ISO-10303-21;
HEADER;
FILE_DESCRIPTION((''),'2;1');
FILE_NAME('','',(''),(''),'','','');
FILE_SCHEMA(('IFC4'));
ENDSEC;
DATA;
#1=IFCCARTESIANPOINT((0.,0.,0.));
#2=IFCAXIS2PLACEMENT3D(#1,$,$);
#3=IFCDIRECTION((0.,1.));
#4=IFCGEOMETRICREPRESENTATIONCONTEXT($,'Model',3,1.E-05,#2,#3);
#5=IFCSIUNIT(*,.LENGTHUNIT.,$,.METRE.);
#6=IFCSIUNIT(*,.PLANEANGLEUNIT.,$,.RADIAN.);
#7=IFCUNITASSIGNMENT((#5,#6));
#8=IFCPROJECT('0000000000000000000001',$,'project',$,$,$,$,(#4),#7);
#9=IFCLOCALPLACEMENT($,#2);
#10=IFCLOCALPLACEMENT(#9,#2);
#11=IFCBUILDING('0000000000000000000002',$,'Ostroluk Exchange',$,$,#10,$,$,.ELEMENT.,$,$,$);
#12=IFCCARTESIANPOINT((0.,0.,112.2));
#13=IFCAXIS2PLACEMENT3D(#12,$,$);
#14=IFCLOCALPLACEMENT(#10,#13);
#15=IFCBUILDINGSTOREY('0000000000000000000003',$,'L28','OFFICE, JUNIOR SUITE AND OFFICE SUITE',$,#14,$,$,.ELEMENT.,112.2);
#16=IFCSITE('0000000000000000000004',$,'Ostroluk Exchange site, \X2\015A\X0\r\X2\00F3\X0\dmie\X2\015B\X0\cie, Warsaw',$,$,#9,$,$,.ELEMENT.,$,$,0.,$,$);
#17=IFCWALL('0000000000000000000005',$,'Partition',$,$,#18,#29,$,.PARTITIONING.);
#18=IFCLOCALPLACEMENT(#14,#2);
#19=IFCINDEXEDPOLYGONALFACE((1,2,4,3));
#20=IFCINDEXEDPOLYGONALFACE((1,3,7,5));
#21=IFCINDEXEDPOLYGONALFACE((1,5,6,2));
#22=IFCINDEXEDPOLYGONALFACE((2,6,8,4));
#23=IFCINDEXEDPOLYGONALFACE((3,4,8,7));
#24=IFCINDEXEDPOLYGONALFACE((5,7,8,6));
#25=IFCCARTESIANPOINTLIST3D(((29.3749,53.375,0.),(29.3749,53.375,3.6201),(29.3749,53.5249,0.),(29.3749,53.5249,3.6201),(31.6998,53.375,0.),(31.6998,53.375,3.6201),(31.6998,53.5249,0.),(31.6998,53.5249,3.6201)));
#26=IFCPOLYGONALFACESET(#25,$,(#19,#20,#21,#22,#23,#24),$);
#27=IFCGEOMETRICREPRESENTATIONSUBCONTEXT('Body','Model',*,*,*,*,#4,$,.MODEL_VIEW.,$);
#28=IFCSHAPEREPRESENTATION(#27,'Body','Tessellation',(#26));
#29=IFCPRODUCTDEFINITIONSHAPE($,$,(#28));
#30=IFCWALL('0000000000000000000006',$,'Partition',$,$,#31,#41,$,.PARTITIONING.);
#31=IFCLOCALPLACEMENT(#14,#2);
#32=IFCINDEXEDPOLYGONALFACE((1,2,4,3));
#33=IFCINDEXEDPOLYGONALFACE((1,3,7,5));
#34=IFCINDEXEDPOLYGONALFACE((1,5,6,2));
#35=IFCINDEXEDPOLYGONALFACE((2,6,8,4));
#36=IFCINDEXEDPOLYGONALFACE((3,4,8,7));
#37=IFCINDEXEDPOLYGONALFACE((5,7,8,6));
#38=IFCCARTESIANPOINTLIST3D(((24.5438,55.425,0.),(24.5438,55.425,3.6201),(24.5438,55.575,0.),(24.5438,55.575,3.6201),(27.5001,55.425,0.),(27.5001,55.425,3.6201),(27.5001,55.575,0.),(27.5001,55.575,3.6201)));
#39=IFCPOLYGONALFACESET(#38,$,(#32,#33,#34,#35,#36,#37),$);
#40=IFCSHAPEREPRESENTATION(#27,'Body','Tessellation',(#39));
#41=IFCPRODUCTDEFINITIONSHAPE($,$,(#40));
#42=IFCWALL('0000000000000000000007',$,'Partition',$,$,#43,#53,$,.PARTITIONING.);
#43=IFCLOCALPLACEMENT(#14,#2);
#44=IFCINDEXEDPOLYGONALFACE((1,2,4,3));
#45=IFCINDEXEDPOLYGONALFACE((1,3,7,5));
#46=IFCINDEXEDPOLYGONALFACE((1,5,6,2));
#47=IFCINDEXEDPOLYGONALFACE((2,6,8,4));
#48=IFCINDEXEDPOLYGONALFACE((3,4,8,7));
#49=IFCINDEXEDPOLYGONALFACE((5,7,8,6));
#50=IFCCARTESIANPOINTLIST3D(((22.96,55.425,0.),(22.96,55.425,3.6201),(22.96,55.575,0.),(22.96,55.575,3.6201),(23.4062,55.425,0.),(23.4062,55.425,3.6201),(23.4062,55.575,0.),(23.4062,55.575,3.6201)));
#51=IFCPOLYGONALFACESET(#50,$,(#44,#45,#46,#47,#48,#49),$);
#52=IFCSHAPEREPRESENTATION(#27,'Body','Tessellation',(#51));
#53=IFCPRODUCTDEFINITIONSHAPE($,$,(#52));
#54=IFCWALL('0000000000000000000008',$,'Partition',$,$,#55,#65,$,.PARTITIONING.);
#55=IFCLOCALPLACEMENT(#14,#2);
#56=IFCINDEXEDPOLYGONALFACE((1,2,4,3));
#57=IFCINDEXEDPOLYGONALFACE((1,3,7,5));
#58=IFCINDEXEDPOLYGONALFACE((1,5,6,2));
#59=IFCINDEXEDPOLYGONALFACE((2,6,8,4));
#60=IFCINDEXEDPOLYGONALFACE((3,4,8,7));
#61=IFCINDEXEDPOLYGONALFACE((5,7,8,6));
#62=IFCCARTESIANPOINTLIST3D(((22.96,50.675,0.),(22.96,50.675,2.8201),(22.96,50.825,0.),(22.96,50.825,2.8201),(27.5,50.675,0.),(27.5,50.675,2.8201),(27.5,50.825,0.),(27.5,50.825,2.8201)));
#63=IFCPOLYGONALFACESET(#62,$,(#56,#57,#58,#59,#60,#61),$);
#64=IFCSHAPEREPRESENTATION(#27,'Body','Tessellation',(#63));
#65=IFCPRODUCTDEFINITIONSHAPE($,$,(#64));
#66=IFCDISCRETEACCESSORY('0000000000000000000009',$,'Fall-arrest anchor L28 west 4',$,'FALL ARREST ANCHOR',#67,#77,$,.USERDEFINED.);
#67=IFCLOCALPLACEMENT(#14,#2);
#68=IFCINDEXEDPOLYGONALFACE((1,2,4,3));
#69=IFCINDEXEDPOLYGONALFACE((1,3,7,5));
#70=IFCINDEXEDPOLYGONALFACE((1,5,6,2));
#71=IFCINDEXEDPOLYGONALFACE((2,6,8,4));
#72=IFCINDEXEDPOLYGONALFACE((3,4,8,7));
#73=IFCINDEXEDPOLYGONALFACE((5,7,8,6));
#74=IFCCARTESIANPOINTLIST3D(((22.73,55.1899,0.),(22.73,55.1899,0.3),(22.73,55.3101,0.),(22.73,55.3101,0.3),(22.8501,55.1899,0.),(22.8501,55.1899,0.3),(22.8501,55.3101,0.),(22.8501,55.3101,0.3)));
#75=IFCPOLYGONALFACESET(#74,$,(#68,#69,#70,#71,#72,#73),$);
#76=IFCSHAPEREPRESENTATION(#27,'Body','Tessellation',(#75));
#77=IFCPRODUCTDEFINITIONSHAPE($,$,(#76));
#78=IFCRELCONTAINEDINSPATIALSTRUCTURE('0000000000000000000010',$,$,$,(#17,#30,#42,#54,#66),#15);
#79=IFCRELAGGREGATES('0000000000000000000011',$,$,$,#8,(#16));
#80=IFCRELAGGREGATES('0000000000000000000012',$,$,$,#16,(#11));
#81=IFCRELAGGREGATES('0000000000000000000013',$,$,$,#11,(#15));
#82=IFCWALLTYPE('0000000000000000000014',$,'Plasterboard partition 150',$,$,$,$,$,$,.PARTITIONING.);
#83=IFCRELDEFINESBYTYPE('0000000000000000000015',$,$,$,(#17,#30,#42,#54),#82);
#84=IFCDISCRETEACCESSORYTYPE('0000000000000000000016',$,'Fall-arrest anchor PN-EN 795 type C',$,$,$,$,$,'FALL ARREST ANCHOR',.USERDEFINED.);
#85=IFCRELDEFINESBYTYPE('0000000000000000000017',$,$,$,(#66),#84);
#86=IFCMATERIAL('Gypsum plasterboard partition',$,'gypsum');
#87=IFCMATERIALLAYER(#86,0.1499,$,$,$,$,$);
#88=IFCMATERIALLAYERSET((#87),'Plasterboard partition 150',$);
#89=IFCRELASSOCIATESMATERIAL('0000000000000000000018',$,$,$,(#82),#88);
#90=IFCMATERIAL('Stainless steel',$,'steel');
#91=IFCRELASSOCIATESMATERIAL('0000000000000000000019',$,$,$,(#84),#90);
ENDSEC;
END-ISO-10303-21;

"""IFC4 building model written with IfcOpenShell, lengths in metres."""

from ifc_helpers import new_model, si_unit, direction, frame, frame_2d, origin, origin_2d, place, context, subcontext, project, spatial, rectangle, extrude, material, layer, layer_set, type_object, element, save


model = new_model("IFC4")

# Units and contexts
model_context = context("Model", 3, precision=1e-05, world=origin(), true_north=direction((0.0, 1.0)))
body_context = subcontext(model_context, "Body", "Model", "MODEL_VIEW")
ifc_project = project(units=[si_unit("LENGTHUNIT", "METRE"), si_unit("PLANEANGLEUNIT", "RADIAN")], contexts=[model_context])

# Site, building, storey
site_placement = place(None, origin())
site = spatial("IfcSite", under=ifc_project, at=site_placement, Name="Ostroluk Exchange site, Śródmieście, Warsaw", CompositionType="ELEMENT", RefElevation=0.0)
building_placement = place(site_placement, origin())
building = spatial("IfcBuilding", under=site, at=building_placement, Name="Ostroluk Exchange", CompositionType="ELEMENT")
storey_placement = place(building_placement, frame((0.0, 0.0, 112.2)))
storey = spatial("IfcBuildingStorey", under=building, at=storey_placement, Name="L28", Description="OFFICE, JUNIOR SUITE AND OFFICE SUITE", CompositionType="ELEMENT", Elevation=112.2)

# Walls
ifc_material_1 = material(Name="Gypsum plasterboard partition", Category="gypsum")
ifc_layer_1 = layer(ifc_material_1, 0.1499)
ifc_layer_set_1 = layer_set([ifc_layer_1], Name="Plasterboard partition 150")
wall_type_1 = type_object("IfcWallType", Name="Plasterboard partition 150", PredefinedType="PARTITIONING", material=ifc_layer_set_1)
wall_1_placement = place(storey_placement, frame((31.7, 53.45, 0.0), z_axis=(0.0, 0.0, 1.0), x_axis=(-1.0, 0.0, 0.0)))
element("IfcWall", 1, at=wall_1_placement, inside=storey, type_object=wall_type_1, Name="Partition", PredefinedType="PARTITIONING", context=body_context, shape_type="SweptSolid", body=[
    extrude(rectangle(XDim=2.325, YDim=0.1499, at=frame_2d((1.1626, 0.0))), origin(), (0.0, 0.0, 1.0), 3.6201),
])
wall_2_placement = place(storey_placement, frame((27.5, 55.5, 0.0), z_axis=(0.0, 0.0, 1.0), x_axis=(-1.0, 0.0, 0.0)))
element("IfcWall", 2, at=wall_2_placement, inside=storey, type_object=wall_type_1, Name="Partition", PredefinedType="PARTITIONING", context=body_context, shape_type="SweptSolid", body=[
    extrude(rectangle(XDim=2.9563, YDim=0.1499, at=frame_2d((1.478, 0.0))), origin(), (0.0, 0.0, 1.0), 3.6201),
])
wall_3_placement = place(storey_placement, frame((23.4062, 55.5, 0.0), z_axis=(0.0, 0.0, 1.0), x_axis=(-1.0, 0.0, 0.0)))
element("IfcWall", 3, at=wall_3_placement, inside=storey, type_object=wall_type_1, Name="Partition", PredefinedType="PARTITIONING", context=body_context, shape_type="SweptSolid", body=[
    extrude(rectangle(XDim=0.4463, YDim=0.1499, at=frame_2d((0.2231, 0.0))), origin(), (0.0, 0.0, 1.0), 3.6201),
])
wall_4_placement = place(storey_placement, frame((27.5, 50.75, 0.0), z_axis=(0.0, 0.0, 1.0), x_axis=(-1.0, 0.0, 0.0)))
element("IfcWall", 4, at=wall_4_placement, inside=storey, type_object=wall_type_1, Name="Partition", PredefinedType="PARTITIONING", context=body_context, shape_type="SweptSolid", body=[
    extrude(rectangle(XDim=4.54, YDim=0.1499, at=frame_2d((2.27, 0.0))), origin(), (0.0, 0.0, 1.0), 2.8201),
])

# Discrete accessory
ifc_material_2 = material(Name="Stainless steel", Category="steel")
discrete_accessory_type = type_object("IfcDiscreteAccessoryType", Name="Fall-arrest anchor PN-EN 795 type C", ElementType="FALL ARREST ANCHOR", PredefinedType="USERDEFINED", material=ifc_material_2)
discrete_accessory_placement = place(storey_placement, frame((22.79, 55.25, 0.0), z_axis=(0.0, 0.0, 1.0), x_axis=(1.0, 0.0, 0.0)))
element("IfcDiscreteAccessory", 5, at=discrete_accessory_placement, inside=storey, type_object=discrete_accessory_type, Name="Fall-arrest anchor L28 west 4", ObjectType="FALL ARREST ANCHOR", PredefinedType="USERDEFINED", context=body_context, shape_type="SweptSolid", body=[
    extrude(rectangle(XDim=0.1201, YDim=0.1201, at=origin_2d()), origin(), (0.0, 0.0, 1.0), 0.3),
])

save(model, "model.ifc")
